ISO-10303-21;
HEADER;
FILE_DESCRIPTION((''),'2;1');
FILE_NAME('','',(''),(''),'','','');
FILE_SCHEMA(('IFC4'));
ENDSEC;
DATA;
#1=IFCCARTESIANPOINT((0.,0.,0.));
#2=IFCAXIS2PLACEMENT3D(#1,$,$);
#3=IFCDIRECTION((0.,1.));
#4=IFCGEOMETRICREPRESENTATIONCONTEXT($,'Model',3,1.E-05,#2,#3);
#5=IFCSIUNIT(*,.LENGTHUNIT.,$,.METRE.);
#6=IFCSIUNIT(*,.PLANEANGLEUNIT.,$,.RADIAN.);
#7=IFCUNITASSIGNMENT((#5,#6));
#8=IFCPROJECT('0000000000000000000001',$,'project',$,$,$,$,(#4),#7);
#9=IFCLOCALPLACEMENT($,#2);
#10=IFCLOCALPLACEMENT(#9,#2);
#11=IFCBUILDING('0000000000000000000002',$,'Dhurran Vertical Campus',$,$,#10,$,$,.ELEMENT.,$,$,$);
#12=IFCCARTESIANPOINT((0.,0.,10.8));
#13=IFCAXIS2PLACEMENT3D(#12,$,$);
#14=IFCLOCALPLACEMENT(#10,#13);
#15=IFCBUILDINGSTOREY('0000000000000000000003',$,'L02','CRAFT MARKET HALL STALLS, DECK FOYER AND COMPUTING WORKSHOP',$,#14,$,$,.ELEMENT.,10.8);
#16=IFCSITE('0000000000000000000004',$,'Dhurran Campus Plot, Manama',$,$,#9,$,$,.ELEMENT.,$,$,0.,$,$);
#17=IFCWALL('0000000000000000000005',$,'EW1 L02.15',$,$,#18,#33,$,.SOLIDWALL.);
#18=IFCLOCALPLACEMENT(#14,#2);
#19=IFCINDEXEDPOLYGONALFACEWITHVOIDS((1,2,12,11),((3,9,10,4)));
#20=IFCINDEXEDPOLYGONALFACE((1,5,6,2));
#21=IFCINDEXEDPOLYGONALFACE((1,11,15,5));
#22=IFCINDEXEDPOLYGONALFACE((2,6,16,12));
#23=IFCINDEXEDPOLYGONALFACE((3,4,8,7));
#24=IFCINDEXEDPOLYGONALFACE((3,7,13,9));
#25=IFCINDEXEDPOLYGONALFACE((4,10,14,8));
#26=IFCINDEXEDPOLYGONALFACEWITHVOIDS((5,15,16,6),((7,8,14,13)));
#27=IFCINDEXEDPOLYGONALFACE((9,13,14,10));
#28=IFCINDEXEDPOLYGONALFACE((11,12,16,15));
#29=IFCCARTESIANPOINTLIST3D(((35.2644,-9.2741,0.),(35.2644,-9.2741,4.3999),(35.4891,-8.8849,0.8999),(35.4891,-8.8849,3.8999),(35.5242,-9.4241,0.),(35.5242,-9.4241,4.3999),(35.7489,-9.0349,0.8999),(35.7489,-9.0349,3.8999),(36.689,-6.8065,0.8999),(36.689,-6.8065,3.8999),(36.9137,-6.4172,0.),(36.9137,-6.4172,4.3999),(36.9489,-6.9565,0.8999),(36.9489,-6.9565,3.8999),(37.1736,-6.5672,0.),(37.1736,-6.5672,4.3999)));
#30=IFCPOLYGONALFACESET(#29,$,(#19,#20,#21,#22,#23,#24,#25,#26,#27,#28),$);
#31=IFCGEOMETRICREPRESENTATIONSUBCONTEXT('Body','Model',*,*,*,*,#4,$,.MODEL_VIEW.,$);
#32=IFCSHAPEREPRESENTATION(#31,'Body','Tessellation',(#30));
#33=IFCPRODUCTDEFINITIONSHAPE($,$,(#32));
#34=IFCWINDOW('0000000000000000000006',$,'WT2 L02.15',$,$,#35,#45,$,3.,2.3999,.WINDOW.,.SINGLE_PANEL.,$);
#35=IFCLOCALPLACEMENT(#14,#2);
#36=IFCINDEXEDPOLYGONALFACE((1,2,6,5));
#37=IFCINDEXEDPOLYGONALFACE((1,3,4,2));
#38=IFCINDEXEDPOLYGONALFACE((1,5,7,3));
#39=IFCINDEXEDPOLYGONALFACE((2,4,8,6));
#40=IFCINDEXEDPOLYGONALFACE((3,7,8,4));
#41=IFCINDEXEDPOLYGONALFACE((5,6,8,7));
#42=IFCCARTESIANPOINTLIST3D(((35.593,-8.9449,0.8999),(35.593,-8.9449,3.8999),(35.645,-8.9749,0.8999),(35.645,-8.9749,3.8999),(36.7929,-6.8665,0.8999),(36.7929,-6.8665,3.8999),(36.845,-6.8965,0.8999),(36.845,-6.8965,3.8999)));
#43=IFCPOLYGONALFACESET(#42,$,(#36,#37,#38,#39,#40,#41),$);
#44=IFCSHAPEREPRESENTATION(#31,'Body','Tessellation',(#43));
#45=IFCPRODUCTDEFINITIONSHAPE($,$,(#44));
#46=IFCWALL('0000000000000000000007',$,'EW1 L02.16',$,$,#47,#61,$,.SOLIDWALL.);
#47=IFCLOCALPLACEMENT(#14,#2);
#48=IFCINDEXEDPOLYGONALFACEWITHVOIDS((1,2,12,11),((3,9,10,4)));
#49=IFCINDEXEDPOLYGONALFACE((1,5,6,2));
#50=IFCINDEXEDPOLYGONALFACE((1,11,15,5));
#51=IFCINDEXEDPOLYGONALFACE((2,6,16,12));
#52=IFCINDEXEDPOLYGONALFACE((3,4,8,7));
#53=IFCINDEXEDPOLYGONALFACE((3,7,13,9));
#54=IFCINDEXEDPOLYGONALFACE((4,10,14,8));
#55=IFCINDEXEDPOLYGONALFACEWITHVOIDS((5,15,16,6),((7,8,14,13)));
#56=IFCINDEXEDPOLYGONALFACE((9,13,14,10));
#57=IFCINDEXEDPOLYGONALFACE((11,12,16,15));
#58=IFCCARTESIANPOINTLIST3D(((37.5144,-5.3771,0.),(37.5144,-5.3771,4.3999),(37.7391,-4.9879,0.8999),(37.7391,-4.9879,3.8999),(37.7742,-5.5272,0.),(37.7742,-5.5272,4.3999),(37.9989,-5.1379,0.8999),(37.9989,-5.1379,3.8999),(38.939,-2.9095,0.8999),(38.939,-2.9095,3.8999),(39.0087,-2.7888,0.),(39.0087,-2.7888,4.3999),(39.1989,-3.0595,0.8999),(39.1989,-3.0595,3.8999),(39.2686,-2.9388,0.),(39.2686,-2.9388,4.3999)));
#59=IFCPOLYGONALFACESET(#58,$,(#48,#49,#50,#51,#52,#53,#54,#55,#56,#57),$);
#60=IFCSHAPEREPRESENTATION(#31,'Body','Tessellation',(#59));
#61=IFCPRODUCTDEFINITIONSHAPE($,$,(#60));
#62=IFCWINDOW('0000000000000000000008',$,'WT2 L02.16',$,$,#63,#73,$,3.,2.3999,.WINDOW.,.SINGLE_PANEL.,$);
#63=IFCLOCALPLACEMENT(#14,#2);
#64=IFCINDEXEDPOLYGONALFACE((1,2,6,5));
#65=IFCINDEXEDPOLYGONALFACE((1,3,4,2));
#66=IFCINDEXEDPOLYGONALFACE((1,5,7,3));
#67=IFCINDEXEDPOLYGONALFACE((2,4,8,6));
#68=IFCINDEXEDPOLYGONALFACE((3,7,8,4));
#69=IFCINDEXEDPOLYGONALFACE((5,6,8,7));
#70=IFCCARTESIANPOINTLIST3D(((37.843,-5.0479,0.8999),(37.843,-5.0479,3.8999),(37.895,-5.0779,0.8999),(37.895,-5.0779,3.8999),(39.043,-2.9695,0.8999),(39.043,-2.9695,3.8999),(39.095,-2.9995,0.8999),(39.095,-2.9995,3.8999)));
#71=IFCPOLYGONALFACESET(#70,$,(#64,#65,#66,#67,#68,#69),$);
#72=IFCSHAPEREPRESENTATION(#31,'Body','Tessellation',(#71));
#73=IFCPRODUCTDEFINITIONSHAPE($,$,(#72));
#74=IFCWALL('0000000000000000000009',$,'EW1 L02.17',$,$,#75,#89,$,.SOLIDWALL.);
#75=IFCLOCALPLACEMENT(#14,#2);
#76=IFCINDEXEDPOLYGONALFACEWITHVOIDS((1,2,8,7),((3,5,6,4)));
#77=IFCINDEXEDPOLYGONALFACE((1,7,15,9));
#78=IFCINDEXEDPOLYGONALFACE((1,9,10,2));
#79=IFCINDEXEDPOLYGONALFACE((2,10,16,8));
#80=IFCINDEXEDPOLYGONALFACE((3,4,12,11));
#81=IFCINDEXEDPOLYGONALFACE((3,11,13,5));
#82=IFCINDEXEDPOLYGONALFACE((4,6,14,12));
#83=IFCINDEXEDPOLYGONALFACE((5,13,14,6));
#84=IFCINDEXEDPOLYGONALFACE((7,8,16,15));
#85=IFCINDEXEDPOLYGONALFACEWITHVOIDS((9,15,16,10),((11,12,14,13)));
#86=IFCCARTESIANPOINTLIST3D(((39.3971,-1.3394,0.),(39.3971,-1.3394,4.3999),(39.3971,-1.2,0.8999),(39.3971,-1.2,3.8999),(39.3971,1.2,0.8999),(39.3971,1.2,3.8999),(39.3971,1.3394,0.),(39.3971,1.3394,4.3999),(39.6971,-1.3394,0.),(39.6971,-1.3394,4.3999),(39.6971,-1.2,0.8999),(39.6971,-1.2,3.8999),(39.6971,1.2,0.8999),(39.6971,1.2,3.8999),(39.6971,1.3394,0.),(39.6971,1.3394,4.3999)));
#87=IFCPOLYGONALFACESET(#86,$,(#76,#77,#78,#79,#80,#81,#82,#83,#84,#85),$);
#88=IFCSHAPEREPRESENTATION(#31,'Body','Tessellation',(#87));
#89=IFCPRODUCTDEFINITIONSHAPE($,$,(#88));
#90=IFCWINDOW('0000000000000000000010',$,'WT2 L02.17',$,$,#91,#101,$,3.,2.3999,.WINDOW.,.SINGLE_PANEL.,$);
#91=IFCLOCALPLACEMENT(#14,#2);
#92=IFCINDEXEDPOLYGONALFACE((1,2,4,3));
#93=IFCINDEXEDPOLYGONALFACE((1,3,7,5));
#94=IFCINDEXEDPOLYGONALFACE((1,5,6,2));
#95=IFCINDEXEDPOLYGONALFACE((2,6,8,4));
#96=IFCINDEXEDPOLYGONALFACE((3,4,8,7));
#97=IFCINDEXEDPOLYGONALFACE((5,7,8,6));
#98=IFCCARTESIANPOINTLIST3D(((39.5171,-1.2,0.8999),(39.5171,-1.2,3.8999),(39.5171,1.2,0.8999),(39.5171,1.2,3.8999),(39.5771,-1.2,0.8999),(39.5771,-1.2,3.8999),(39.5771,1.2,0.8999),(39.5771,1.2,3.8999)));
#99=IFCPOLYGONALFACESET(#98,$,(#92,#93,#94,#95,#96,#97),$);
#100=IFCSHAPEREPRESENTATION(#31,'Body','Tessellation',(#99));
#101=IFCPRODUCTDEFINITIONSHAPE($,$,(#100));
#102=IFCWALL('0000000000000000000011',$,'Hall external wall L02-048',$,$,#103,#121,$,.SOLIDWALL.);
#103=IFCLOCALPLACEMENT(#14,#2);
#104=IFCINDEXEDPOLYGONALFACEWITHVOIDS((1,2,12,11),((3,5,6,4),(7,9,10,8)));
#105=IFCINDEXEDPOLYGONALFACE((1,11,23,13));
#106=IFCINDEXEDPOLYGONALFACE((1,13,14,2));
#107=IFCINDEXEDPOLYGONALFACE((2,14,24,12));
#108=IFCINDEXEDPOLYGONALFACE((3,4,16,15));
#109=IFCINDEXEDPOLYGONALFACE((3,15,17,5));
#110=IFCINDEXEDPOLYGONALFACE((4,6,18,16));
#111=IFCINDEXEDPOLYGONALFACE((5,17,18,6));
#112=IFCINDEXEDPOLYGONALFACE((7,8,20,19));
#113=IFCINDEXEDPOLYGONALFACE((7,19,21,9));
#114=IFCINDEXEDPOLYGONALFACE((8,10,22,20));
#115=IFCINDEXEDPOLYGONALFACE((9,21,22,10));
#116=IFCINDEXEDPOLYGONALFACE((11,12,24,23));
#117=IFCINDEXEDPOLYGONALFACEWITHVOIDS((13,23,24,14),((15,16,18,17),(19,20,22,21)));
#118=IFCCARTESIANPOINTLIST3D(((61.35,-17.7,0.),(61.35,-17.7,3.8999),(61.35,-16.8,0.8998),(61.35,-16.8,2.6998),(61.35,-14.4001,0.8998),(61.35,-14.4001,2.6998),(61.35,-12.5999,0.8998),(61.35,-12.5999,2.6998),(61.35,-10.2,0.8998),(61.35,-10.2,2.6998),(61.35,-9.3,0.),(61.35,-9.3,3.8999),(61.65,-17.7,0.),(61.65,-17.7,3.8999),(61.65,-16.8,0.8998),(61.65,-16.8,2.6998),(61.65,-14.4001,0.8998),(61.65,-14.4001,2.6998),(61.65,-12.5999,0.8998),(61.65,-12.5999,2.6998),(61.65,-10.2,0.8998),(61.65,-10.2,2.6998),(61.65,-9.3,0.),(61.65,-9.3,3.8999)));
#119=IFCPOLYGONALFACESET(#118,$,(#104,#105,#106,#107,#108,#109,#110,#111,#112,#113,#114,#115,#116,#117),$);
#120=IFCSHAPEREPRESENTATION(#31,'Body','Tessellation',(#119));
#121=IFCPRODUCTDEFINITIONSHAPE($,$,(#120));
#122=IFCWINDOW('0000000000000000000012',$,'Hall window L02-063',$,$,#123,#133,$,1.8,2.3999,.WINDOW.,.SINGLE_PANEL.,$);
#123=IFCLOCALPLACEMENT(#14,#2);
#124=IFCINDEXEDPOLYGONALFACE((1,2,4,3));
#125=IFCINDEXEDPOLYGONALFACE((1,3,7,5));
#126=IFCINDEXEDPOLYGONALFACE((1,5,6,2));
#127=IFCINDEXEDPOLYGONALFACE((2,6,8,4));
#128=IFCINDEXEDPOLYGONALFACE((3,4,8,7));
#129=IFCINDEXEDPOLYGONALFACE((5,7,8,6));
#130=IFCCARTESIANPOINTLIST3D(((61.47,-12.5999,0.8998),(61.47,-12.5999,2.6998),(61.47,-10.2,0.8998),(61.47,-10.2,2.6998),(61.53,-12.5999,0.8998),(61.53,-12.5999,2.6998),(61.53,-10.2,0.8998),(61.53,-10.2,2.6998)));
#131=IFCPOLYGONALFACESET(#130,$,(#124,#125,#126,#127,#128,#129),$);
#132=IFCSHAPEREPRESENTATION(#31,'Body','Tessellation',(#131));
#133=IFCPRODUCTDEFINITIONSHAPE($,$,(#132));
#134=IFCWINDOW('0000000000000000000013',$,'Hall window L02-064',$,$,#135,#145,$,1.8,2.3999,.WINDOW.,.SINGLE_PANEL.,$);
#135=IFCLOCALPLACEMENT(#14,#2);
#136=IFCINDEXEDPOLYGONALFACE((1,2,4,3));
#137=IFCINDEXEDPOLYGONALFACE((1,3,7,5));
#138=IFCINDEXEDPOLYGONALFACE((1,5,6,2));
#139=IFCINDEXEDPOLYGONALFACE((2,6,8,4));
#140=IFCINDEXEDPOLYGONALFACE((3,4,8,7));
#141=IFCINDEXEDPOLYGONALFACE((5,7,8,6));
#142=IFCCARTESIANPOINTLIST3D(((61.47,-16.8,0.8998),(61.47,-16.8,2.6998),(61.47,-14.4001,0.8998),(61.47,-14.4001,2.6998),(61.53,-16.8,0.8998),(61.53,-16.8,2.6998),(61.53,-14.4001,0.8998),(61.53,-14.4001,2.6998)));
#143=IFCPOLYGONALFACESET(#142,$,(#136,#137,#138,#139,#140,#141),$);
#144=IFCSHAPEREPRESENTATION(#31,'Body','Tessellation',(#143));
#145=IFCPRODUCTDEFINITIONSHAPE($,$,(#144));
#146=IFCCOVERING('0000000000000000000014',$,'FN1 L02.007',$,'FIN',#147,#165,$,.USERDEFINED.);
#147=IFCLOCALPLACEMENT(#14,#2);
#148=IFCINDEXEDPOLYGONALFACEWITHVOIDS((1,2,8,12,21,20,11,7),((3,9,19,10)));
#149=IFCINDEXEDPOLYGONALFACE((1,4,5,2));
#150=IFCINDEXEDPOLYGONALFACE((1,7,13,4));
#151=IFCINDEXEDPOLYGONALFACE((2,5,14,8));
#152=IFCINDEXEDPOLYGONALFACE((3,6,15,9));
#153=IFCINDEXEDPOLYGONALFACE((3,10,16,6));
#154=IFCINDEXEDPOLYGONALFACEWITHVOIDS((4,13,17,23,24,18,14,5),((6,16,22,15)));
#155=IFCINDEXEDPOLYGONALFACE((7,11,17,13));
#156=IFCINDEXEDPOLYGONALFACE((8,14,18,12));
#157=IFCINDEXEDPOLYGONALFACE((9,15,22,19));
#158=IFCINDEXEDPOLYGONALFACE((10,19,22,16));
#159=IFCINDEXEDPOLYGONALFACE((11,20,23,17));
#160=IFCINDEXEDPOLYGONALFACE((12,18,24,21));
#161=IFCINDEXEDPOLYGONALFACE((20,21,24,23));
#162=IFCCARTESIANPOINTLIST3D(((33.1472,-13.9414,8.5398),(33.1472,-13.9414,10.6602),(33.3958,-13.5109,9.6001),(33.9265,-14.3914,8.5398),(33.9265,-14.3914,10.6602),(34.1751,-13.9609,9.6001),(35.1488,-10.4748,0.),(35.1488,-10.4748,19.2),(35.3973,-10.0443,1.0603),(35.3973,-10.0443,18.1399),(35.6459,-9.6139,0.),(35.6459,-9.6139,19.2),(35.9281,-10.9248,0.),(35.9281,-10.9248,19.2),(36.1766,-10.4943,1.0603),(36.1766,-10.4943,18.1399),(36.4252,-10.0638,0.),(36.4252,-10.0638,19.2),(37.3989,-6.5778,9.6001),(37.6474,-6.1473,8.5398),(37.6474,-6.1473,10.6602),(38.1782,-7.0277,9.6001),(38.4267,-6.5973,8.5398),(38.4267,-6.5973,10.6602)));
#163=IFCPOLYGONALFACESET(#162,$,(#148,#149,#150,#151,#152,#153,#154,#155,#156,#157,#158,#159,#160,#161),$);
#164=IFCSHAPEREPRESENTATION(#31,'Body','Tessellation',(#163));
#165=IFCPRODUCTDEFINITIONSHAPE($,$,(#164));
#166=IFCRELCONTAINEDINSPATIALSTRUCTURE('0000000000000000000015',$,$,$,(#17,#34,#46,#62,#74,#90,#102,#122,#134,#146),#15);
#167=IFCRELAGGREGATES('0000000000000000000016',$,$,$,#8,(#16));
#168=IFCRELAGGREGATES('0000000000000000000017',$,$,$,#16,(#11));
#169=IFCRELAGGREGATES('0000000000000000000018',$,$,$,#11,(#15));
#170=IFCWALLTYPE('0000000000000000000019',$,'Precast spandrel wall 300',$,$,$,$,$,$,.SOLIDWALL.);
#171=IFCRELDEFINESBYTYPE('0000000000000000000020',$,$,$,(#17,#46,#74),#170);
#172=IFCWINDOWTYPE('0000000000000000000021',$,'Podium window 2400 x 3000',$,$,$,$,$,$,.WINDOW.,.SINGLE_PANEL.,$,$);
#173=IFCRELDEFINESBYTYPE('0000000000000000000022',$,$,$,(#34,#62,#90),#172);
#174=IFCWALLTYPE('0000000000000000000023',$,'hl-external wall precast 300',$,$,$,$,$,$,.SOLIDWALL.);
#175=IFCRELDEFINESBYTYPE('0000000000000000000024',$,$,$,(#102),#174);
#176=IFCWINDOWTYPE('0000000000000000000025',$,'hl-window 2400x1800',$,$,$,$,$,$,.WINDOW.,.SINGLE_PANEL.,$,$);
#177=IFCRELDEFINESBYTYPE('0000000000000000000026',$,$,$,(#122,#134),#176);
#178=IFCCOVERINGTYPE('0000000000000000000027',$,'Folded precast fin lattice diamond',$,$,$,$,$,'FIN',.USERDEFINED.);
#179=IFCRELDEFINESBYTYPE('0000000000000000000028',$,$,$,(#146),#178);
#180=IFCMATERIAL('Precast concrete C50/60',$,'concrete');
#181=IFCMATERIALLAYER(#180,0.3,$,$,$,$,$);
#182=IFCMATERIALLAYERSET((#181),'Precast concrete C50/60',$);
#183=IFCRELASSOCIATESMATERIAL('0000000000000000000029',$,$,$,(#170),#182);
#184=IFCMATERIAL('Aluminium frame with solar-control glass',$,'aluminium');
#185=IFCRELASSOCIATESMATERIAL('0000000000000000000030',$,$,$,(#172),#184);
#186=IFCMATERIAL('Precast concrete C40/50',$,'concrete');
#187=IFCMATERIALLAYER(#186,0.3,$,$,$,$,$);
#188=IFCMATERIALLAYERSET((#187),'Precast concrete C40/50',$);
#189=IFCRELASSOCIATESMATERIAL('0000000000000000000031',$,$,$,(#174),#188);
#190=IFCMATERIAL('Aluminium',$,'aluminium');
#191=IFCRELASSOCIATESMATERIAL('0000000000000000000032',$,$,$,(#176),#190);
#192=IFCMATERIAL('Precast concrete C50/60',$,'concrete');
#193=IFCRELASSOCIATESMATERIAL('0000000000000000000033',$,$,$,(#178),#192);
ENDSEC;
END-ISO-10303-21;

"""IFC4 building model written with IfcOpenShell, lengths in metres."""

from ifc_helpers import new_model, si_unit, direction, frame, frame_2d, origin, place, context, subcontext, project, spatial, polyline, rectangle, outline, extrude, material, layer, layer_set, type_object, element, fill, save


model = new_model("IFC4")

# Units and contexts
model_context = context("Model", 3, precision=1e-05, world=origin(), true_north=direction((0.0, 1.0)))
body_context = subcontext(model_context, "Body", "Model", "MODEL_VIEW")
ifc_project = project(units=[si_unit("LENGTHUNIT", "METRE"), si_unit("PLANEANGLEUNIT", "RADIAN")], contexts=[model_context])

# Site, building, storey
site_placement = place(None, origin())
site = spatial("IfcSite", under=ifc_project, at=site_placement, Name="Dhurran Campus Plot, Manama", CompositionType="ELEMENT", RefElevation=0.0)
building_placement = place(site_placement, origin())
building = spatial("IfcBuilding", under=site, at=building_placement, Name="Dhurran Vertical Campus", CompositionType="ELEMENT")
storey_placement = place(building_placement, frame((0.0, 0.0, 10.8)))
storey = spatial("IfcBuildingStorey", under=building, at=storey_placement, Name="L02", Description="CRAFT MARKET HALL STALLS, DECK FOYER AND COMPUTING WORKSHOP", CompositionType="ELEMENT", Elevation=10.8)

# Shared definitions
ifc_material_1 = material(Name="Precast concrete C50/60", Category="concrete")
ifc_layer_1 = layer(ifc_material_1, 0.3)
ifc_layer_set_1 = layer_set([ifc_layer_1], Name="Precast concrete C50/60")
wall_type_1 = type_object("IfcWallType", Name="Precast spandrel wall 300", PredefinedType="SOLIDWALL", material=ifc_layer_set_1)
ifc_material_2 = material(Name="Aluminium frame with solar-control glass", Category="aluminium")
window_type_1 = type_object("IfcWindowType", Name="Podium window 2400 x 3000", PartitioningType="SINGLE_PANEL", PredefinedType="WINDOW", material=ifc_material_2)

# Walls, openings, windows
wall_1_placement = place(storey_placement, frame((35.3943, -9.3491, 0.0), z_axis=(0.0, 0.0, 1.0), x_axis=(0.499992, 0.86603, 0.0)))
wall_1 = element("IfcWall", 1, at=wall_1_placement, inside=storey, type_object=wall_type_1, Name="EW1 L02.15", PredefinedType="SOLIDWALL", context=body_context, shape_type="SweptSolid", body=[
    extrude(rectangle(XDim=3.2988, YDim=0.3, at=frame_2d((1.6494, 0.0))), origin(), (0.0, 0.0, 1.0), 4.3999),
])
opening_1_placement = place(wall_1_placement, frame((0.4495, 0.0, 0.8999)))
opening_1 = element("IfcOpeningElement", 2, at=opening_1_placement, cuts=wall_1, PredefinedType="OPENING", context=body_context, shape_type="SweptSolid", body=[
    extrude(rectangle(XDim=2.3999, YDim=3.0, at=frame_2d((1.2, 1.5))), frame((0.0, 0.1599, 0.0), z_axis=(0.0, -1.0, 0.0), x_axis=(1.0, 0.0, 0.0)), (0.0, 0.0, 1.0), 0.3201),
])
window_1_placement = place(opening_1_placement, origin())
window_1 = element("IfcWindow", 3, at=window_1_placement, inside=storey, type_object=window_type_1, Name="WT2 L02.15", OverallHeight=3.0, OverallWidth=2.3999, PartitioningType="SINGLE_PANEL", PredefinedType="WINDOW", context=body_context, shape_type="SweptSolid", body=[
    extrude(rectangle(XDim=2.3999, YDim=3.0, at=frame_2d((1.2, 1.5))), frame((0.0, 0.03, 0.0), z_axis=(0.0, -1.0, 0.0), x_axis=(1.0, 0.0, 0.0)), (0.0, 0.0, 1.0), 0.0601),
])
fill(opening_1, window_1)
wall_2_placement = place(storey_placement, frame((37.6443, -5.4521, 0.0), z_axis=(0.0, 0.0, 1.0), x_axis=(0.499996, 0.866028, 0.0)))
wall_2 = element("IfcWall", 4, at=wall_2_placement, inside=storey, type_object=wall_type_1, Name="EW1 L02.16", PredefinedType="SOLIDWALL", context=body_context, shape_type="SweptSolid", body=[
    extrude(rectangle(XDim=2.9888, YDim=0.3, at=frame_2d((1.4944, 0.0))), origin(), (0.0, 0.0, 1.0), 4.3999),
])
opening_2_placement = place(wall_2_placement, frame((0.4495, 0.0, 0.8999)))
opening_2 = element("IfcOpeningElement", 5, at=opening_2_placement, cuts=wall_2, PredefinedType="OPENING", context=body_context, shape_type="SweptSolid", body=[
    extrude(rectangle(XDim=2.3999, YDim=3.0, at=frame_2d((1.2, 1.5))), frame((0.0, 0.1599, 0.0), z_axis=(0.0, -1.0, 0.0), x_axis=(1.0, 0.0, 0.0)), (0.0, 0.0, 1.0), 0.3201),
])
window_2_placement = place(opening_2_placement, origin())
window_2 = element("IfcWindow", 6, at=window_2_placement, inside=storey, type_object=window_type_1, Name="WT2 L02.16", OverallHeight=3.0, OverallWidth=2.3999, PartitioningType="SINGLE_PANEL", PredefinedType="WINDOW", context=body_context, shape_type="SweptSolid", body=[
    extrude(rectangle(XDim=2.3999, YDim=3.0, at=frame_2d((1.2, 1.5))), frame((0.0, 0.03, 0.0), z_axis=(0.0, -1.0, 0.0), x_axis=(1.0, 0.0, 0.0)), (0.0, 0.0, 1.0), 0.0601),
])
fill(opening_2, window_2)
wall_3_placement = place(storey_placement, frame((39.5471, -1.3394, 0.0), z_axis=(0.0, 0.0, 1.0), x_axis=(0.0, 1.0, 0.0)))
wall_3 = element("IfcWall", 7, at=wall_3_placement, inside=storey, type_object=wall_type_1, Name="EW1 L02.17", PredefinedType="SOLIDWALL", context=body_context, shape_type="SweptSolid", body=[
    extrude(rectangle(XDim=2.6787, YDim=0.3, at=frame_2d((1.3394, 0.0))), origin(), (0.0, 0.0, 1.0), 4.3999),
])
opening_3_placement = place(wall_3_placement, frame((0.1394, 0.0, 0.8999)))
opening_3 = element("IfcOpeningElement", 8, at=opening_3_placement, cuts=wall_3, PredefinedType="OPENING", context=body_context, shape_type="SweptSolid", body=[
    extrude(rectangle(XDim=2.3999, YDim=3.0, at=frame_2d((1.2, 1.5))), frame((0.0, 0.1599, 0.0), z_axis=(0.0, -1.0, 0.0), x_axis=(1.0, 0.0, 0.0)), (0.0, 0.0, 1.0), 0.3201),
])
window_3_placement = place(opening_3_placement, origin())
window_3 = element("IfcWindow", 9, at=window_3_placement, inside=storey, type_object=window_type_1, Name="WT2 L02.17", OverallHeight=3.0, OverallWidth=2.3999, PartitioningType="SINGLE_PANEL", PredefinedType="WINDOW", context=body_context, shape_type="SweptSolid", body=[
    extrude(rectangle(XDim=2.3999, YDim=3.0, at=frame_2d((1.2, 1.5))), frame((0.0, 0.03, 0.0), z_axis=(0.0, -1.0, 0.0), x_axis=(1.0, 0.0, 0.0)), (0.0, 0.0, 1.0), 0.0601),
])
fill(opening_3, window_3)

# Wall, openings, windows
ifc_material_3 = material(Name="Precast concrete C40/50", Category="concrete")
ifc_layer_2 = layer(ifc_material_3, 0.3)
ifc_layer_set_2 = layer_set([ifc_layer_2], Name="Precast concrete C40/50")
wall_type_2 = type_object("IfcWallType", Name="hl-external wall precast 300", PredefinedType="SOLIDWALL", material=ifc_layer_set_2)
wall_4_placement = place(storey_placement, frame((61.5, -9.3, 0.0), z_axis=(0.0, 0.0, 1.0), x_axis=(0.0, -1.0, 0.0)))
wall_4 = element("IfcWall", 10, at=wall_4_placement, inside=storey, type_object=wall_type_2, Name="Hall external wall L02-048", PredefinedType="SOLIDWALL", context=body_context, shape_type="SweptSolid", body=[
    extrude(rectangle(XDim=8.3999, YDim=0.3, at=frame_2d((4.2, 0.0))), origin(), (0.0, 0.0, 1.0), 3.8999),
])
opening_4_placement = place(wall_4_placement, frame((0.8999, 0.0, 0.8999)))
opening_4 = element("IfcOpeningElement", 11, at=opening_4_placement, cuts=wall_4, PredefinedType="OPENING", context=body_context, shape_type="SweptSolid", body=[
    extrude(rectangle(XDim=2.3999, YDim=1.8, at=frame_2d((1.2, 0.8999))), frame((0.0, 0.1599, 0.0), z_axis=(0.0, -1.0, 0.0), x_axis=(1.0, 0.0, 0.0)), (0.0, 0.0, 1.0), 0.3201),
])
opening_5_placement = place(wall_4_placement, frame((5.1001, 0.0, 0.8999)))
opening_5 = element("IfcOpeningElement", 12, at=opening_5_placement, cuts=wall_4, PredefinedType="OPENING", context=body_context, shape_type="SweptSolid", body=[
    extrude(rectangle(XDim=2.3999, YDim=1.8, at=frame_2d((1.2, 0.8999))), frame((0.0, 0.1599, 0.0), z_axis=(0.0, -1.0, 0.0), x_axis=(1.0, 0.0, 0.0)), (0.0, 0.0, 1.0), 0.3201),
])
ifc_material_4 = material(Name="Aluminium", Category="aluminium")
window_type_2 = type_object("IfcWindowType", Name="hl-window 2400x1800", PartitioningType="SINGLE_PANEL", PredefinedType="WINDOW", material=ifc_material_4)
window_4_placement = place(opening_4_placement, origin())
window_4 = element("IfcWindow", 13, at=window_4_placement, inside=storey, type_object=window_type_2, Name="Hall window L02-063", OverallHeight=1.8, OverallWidth=2.3999, PartitioningType="SINGLE_PANEL", PredefinedType="WINDOW", context=body_context, shape_type="SweptSolid", body=[
    extrude(rectangle(XDim=2.3999, YDim=1.8, at=frame_2d((1.2, 0.8999))), frame((0.0, 0.03, 0.0), z_axis=(0.0, -1.0, 0.0), x_axis=(1.0, 0.0, 0.0)), (0.0, 0.0, 1.0), 0.0601),
])
fill(opening_4, window_4)
window_5_placement = place(opening_5_placement, origin())
window_5 = element("IfcWindow", 14, at=window_5_placement, inside=storey, type_object=window_type_2, Name="Hall window L02-064", OverallHeight=1.8, OverallWidth=2.3999, PartitioningType="SINGLE_PANEL", PredefinedType="WINDOW", context=body_context, shape_type="SweptSolid", body=[
    extrude(rectangle(XDim=2.3999, YDim=1.8, at=frame_2d((1.2, 0.8999))), frame((0.0, 0.03, 0.0), z_axis=(0.0, -1.0, 0.0), x_axis=(1.0, 0.0, 0.0)), (0.0, 0.0, 1.0), 0.0601),
])
fill(opening_5, window_5)

# Covering
ifc_material_5 = material(Name="Precast concrete C50/60", Category="concrete")
covering_type = type_object("IfcCoveringType", Name="Folded precast fin lattice diamond", ElementType="FIN", PredefinedType="USERDEFINED", material=ifc_material_5)
covering_1_placement = place(storey_placement, frame((33.1472, -13.9414, 0.0), z_axis=(0.866014, -0.50002, 0.0), x_axis=(0.50002, 0.866014, 0.0)))
element("IfcCovering", 15, at=covering_1_placement, inside=storey, type_object=covering_type, Name="FN1 L02.007", ObjectType="FIN", PredefinedType="USERDEFINED", context=body_context, shape_type="SweptSolid", body=[
    extrude(outline(polyline([(9.0, 10.6602), (9.0, 8.5398), (4.9971, 0.0), (4.0029, 0.0), (0.0, 8.5398), (0.0, 10.6602), (4.0029, 19.2), (4.9971, 19.2), (9.0, 10.6602)]), holes=[polyline([(8.5029, 9.6001), (4.5, 18.1399), (0.4971, 9.6001), (4.5, 1.0603), (8.5029, 9.6001)])]), origin(), (0.0, 0.0, 1.0), 0.8999),
])

save(model, "model.ifc")
